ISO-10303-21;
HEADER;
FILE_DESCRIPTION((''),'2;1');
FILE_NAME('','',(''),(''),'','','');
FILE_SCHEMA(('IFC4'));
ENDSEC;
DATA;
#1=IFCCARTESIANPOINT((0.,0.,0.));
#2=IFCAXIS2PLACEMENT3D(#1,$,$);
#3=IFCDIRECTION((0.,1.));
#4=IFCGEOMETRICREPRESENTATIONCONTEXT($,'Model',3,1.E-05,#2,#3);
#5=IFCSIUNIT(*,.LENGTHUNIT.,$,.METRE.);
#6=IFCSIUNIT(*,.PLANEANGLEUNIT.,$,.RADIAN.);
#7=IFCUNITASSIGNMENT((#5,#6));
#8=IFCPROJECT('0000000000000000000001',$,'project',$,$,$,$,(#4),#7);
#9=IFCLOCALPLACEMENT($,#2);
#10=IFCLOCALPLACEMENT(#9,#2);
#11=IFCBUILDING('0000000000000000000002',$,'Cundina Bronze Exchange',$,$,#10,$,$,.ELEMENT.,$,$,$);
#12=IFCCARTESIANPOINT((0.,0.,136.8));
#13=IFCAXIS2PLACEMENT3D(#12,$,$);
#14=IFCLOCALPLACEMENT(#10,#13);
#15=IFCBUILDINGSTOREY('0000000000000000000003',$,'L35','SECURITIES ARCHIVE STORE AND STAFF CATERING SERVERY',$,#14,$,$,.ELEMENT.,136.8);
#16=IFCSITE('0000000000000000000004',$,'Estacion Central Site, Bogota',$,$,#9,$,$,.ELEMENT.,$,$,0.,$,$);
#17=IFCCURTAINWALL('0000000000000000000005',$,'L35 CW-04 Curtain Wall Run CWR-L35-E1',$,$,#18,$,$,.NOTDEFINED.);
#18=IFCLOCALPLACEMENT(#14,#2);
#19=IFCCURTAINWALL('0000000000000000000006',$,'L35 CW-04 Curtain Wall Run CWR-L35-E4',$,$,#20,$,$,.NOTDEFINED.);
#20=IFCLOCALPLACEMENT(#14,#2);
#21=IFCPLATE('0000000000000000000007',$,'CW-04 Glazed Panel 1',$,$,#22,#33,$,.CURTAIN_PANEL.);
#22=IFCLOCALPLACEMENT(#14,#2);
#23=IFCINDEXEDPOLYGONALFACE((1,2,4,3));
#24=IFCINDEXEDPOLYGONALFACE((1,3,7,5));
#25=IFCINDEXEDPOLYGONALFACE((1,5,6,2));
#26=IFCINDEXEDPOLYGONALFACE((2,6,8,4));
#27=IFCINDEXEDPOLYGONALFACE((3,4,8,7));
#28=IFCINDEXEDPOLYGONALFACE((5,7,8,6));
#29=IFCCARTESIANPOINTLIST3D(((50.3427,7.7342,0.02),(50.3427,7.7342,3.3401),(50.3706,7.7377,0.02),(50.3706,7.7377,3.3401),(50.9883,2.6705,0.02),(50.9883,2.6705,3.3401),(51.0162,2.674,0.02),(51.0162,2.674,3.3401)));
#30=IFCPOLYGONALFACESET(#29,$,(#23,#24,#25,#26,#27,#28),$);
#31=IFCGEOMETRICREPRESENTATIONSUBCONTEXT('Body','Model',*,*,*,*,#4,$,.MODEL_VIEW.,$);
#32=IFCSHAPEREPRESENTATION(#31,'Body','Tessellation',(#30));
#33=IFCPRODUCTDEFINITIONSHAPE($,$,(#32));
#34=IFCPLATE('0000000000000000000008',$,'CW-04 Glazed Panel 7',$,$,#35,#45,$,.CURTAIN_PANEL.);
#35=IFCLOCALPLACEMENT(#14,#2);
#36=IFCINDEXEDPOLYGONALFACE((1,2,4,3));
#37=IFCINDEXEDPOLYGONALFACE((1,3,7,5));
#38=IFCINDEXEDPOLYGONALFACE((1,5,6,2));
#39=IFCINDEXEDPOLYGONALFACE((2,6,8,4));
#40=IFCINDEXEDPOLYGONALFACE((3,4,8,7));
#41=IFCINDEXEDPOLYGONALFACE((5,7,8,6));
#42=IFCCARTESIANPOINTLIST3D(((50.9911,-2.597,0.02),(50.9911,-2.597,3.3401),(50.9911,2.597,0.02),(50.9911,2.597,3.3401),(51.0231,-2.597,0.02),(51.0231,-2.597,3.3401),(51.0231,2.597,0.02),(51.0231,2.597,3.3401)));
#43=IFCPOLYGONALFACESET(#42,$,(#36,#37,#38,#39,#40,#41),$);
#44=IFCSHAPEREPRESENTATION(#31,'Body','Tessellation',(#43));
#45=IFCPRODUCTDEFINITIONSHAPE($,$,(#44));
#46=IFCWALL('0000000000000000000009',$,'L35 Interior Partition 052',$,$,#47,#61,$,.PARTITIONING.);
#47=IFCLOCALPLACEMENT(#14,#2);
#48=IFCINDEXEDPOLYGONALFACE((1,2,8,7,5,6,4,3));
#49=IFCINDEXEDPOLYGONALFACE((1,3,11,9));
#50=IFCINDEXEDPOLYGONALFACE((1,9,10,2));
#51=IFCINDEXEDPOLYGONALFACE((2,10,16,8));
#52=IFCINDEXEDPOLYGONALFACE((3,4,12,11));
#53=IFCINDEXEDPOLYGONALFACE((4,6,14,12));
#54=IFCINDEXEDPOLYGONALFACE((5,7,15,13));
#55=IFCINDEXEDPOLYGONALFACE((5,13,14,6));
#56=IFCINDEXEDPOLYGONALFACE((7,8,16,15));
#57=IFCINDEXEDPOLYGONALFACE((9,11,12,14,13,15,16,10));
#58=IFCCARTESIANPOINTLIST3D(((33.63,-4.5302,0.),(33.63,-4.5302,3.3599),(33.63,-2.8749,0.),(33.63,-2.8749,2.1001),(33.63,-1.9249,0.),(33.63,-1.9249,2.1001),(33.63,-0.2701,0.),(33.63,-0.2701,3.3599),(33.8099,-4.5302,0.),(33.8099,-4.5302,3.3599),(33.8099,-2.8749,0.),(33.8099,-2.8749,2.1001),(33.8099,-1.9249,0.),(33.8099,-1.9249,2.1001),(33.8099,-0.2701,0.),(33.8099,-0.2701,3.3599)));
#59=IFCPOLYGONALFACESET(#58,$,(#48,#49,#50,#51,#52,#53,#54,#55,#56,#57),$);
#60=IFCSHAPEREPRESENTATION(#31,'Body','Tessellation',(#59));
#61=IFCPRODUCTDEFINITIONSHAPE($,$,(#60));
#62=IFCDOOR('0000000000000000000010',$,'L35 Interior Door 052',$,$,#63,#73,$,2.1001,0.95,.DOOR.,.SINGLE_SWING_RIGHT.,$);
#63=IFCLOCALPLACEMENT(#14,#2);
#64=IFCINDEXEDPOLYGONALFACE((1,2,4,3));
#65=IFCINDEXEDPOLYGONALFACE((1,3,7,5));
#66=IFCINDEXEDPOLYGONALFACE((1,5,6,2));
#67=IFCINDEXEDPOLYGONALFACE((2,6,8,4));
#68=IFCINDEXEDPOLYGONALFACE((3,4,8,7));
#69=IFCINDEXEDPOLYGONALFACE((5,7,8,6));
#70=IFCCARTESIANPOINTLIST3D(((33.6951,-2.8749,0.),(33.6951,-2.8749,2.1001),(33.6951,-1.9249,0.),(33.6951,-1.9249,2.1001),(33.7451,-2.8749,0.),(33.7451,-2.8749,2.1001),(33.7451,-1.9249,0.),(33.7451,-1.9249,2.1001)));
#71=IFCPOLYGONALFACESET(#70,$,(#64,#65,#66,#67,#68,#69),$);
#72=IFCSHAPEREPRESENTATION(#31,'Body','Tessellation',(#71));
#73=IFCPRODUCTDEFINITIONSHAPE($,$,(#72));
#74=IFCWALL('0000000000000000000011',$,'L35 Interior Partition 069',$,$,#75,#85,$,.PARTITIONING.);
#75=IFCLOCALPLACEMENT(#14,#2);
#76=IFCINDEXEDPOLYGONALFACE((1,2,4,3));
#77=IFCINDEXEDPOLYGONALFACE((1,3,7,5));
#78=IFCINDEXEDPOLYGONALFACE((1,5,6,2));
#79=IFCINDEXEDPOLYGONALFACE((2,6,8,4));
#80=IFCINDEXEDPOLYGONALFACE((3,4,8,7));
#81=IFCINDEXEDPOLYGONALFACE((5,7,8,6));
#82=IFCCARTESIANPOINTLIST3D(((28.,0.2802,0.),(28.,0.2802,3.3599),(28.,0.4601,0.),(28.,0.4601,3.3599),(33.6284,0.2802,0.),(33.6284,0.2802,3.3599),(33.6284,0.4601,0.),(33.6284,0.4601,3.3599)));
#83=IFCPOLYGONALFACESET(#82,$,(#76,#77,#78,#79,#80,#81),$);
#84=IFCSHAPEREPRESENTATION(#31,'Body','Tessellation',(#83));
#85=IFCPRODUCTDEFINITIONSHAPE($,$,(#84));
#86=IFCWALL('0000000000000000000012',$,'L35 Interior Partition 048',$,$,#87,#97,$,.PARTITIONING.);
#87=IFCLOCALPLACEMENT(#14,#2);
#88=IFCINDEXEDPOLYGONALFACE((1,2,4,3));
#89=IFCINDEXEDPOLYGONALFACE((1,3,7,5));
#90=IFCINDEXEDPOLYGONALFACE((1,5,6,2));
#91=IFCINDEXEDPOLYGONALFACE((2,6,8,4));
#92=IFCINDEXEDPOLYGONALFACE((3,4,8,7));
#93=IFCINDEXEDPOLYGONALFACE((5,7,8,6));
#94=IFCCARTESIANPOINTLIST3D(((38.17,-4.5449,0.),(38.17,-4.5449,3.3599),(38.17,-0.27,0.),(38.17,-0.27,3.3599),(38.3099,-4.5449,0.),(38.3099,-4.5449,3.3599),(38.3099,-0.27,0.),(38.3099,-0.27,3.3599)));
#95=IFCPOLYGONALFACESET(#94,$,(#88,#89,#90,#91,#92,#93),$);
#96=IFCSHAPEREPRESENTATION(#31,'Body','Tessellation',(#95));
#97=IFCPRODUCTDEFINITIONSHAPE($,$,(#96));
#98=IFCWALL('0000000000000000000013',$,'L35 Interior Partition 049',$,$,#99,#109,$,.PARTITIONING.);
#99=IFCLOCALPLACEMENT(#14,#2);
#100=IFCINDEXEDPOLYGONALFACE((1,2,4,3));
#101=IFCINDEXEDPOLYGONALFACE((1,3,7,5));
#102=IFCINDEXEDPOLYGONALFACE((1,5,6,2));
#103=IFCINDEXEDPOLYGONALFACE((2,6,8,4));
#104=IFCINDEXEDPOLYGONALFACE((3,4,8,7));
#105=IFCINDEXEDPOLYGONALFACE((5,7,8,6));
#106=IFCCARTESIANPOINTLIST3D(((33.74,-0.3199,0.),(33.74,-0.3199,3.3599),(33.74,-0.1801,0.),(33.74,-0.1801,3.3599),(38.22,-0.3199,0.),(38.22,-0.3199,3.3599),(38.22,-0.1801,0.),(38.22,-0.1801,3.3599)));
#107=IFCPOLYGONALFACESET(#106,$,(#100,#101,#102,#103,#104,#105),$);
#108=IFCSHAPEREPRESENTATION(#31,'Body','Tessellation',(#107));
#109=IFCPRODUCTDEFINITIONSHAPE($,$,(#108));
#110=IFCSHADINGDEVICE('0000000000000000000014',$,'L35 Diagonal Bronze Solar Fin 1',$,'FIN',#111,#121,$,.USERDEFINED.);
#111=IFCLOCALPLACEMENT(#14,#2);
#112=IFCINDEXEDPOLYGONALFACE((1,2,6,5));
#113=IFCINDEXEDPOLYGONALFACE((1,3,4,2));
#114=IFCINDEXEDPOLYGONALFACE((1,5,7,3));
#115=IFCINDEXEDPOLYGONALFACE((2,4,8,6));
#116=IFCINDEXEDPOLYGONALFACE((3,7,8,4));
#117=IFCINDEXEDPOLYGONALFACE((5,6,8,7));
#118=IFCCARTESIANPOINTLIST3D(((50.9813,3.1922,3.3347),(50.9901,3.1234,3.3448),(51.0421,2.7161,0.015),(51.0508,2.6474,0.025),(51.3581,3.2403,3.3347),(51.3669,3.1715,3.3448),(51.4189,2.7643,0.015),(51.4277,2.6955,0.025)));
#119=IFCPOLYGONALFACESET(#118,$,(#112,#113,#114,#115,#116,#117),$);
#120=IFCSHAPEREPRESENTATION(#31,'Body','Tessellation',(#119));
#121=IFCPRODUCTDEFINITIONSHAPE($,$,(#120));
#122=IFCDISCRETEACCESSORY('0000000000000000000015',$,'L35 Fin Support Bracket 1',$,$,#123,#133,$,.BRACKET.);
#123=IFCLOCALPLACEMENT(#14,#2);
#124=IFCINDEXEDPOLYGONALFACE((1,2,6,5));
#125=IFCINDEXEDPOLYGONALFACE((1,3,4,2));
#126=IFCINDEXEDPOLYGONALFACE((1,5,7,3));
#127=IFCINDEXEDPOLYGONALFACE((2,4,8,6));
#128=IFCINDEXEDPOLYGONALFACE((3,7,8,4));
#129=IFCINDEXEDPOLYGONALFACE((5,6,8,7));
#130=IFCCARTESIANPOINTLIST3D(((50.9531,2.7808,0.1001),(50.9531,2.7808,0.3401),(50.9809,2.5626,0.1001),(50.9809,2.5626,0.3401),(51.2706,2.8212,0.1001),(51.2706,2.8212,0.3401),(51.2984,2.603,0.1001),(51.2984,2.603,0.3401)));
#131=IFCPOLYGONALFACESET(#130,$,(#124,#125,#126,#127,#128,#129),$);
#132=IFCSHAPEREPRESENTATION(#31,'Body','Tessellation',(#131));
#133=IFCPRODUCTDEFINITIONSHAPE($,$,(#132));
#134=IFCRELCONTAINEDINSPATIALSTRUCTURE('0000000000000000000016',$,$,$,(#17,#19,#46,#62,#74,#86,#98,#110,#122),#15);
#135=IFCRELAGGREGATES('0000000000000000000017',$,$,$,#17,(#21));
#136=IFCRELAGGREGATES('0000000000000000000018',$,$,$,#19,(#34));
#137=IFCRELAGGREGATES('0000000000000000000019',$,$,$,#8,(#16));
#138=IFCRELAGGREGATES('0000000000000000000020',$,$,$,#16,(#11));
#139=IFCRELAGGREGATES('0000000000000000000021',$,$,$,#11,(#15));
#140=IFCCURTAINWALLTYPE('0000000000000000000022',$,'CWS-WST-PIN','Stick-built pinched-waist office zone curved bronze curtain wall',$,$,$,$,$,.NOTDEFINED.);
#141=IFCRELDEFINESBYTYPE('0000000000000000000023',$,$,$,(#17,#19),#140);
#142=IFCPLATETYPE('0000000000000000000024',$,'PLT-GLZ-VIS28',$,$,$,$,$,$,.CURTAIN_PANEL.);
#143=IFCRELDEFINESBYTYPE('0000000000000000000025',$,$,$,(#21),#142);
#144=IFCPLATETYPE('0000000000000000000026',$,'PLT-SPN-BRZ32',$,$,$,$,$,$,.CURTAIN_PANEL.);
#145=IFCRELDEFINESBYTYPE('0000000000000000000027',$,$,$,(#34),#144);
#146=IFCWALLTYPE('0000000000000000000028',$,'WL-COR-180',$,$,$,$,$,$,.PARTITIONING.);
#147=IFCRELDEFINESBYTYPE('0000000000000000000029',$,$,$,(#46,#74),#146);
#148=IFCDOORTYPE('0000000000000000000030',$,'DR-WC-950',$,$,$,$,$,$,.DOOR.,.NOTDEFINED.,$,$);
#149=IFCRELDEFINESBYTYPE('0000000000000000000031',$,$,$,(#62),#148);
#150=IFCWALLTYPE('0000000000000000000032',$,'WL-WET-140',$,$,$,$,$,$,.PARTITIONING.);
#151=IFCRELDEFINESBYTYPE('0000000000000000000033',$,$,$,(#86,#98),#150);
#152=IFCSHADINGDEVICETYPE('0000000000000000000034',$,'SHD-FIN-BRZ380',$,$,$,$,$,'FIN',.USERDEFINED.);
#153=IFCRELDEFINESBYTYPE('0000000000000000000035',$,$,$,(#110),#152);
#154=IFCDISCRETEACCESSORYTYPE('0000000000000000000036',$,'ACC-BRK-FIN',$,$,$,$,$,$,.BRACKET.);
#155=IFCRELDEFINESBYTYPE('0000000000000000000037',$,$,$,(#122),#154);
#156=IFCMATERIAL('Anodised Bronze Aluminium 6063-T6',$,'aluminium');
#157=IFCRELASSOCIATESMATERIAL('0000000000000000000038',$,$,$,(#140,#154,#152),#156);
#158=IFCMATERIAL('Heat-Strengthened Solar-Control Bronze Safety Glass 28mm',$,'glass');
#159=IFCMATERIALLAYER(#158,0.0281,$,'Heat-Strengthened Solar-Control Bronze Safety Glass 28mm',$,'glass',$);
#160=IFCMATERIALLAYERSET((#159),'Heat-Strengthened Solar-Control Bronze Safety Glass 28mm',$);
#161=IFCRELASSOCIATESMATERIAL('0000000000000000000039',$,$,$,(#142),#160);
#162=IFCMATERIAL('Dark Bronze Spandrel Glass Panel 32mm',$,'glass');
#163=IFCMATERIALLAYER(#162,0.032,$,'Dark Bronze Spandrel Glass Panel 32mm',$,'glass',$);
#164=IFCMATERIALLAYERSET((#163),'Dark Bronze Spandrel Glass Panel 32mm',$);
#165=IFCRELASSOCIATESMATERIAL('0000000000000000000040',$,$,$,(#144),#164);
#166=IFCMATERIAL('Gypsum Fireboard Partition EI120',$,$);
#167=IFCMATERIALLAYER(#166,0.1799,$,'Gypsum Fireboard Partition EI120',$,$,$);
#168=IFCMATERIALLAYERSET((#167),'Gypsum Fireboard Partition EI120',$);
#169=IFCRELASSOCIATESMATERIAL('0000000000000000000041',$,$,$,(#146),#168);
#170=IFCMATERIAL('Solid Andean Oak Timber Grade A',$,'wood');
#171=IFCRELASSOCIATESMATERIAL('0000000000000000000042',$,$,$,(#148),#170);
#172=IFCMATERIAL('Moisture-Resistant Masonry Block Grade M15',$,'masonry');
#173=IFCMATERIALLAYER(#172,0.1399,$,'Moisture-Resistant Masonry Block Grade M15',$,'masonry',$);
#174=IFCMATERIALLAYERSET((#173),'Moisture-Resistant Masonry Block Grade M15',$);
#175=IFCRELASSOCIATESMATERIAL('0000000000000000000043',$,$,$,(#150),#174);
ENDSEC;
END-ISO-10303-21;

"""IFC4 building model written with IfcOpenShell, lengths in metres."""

from ifc_helpers import new_model, si_unit, direction, frame, frame_2d, origin, origin_2d, place, context, subcontext, project, spatial, rectangle, extrude, material, layer, layer_set, material_profile, profile_set, type_object, element, fill, aggregate, save


model = new_model("IFC4")

# Units and contexts
model_context = context("Model", 3, precision=1e-05, world=origin(), true_north=direction((0.0, 1.0)))
body_context = subcontext(model_context, "Body", "Model", "MODEL_VIEW")
ifc_project = project(units=[si_unit("LENGTHUNIT", "METRE"), si_unit("PLANEANGLEUNIT", "RADIAN")], contexts=[model_context])

# Site, building, storey
site_placement = place(None, origin())
site = spatial("IfcSite", under=ifc_project, at=site_placement, Name="Estacion Central Site, Bogota", CompositionType="ELEMENT", RefElevation=0.0)
building_placement = place(site_placement, origin())
building = spatial("IfcBuilding", under=site, at=building_placement, Name="Cundina Bronze Exchange", CompositionType="ELEMENT")
storey_placement = place(building_placement, frame((0.0, 0.0, 136.8)))
storey = spatial("IfcBuildingStorey", under=building, at=storey_placement, Name="L35", Description="SECURITIES ARCHIVE STORE AND STAFF CATERING SERVERY", CompositionType="ELEMENT", Elevation=136.8)

# Curtain walls
ifc_material_1 = material(Name="Anodised Bronze Aluminium 6063-T6", Category="aluminium")
curtain_wall_type = type_object("IfcCurtainWallType", Name="CWS-WST-PIN", Description="Stick-built pinched-waist office zone curved bronze curtain wall", PredefinedType="NOTDEFINED", material=ifc_material_1)
curtain_wall_1_placement = place(storey_placement, origin())
curtain_wall_1 = element("IfcCurtainWall", 1, at=curtain_wall_1_placement, inside=storey, type_object=curtain_wall_type, Name="L35 CW-04 Curtain Wall Run CWR-L35-E1", PredefinedType="NOTDEFINED")
curtain_wall_2_placement = place(storey_placement, origin())
curtain_wall_2 = element("IfcCurtainWall", 2, at=curtain_wall_2_placement, inside=storey, type_object=curtain_wall_type, Name="L35 CW-04 Curtain Wall Run CWR-L35-E4", PredefinedType="NOTDEFINED")

# Plates
ifc_material_2 = material(Name="Heat-Strengthened Solar-Control Bronze Safety Glass 28mm", Category="glass")
ifc_layer_1 = layer(ifc_material_2, 0.0281, Name="Heat-Strengthened Solar-Control Bronze Safety Glass 28mm", Category="glass")
ifc_layer_set_1 = layer_set([ifc_layer_1], Name="Heat-Strengthened Solar-Control Bronze Safety Glass 28mm")
plate_type_1 = type_object("IfcPlateType", Name="PLT-GLZ-VIS28", PredefinedType="CURTAIN_PANEL", material=ifc_layer_set_1)
plate_1_placement = place(storey_placement, frame((50.6794, 5.2041, 0.02), z_axis=(0.0, 0.0, 1.0), x_axis=(-0.126476, 0.99197, 0.0)))
plate_1 = element("IfcPlate", 3, at=plate_1_placement, type_object=plate_type_1, Name="CW-04 Glazed Panel 1", PredefinedType="CURTAIN_PANEL", context=body_context, shape_type="SweptSolid", body=[
    extrude(rectangle(XDim=5.1047, YDim=0.0281, at=origin_2d()), origin(), (0.0, 0.0, 1.0), 3.3201),
])
aggregate(curtain_wall_1, [plate_1])
ifc_material_3 = material(Name="Dark Bronze Spandrel Glass Panel 32mm", Category="glass")
ifc_layer_2 = layer(ifc_material_3, 0.032, Name="Dark Bronze Spandrel Glass Panel 32mm", Category="glass")
ifc_layer_set_2 = layer_set([ifc_layer_2], Name="Dark Bronze Spandrel Glass Panel 32mm")
plate_type_2 = type_object("IfcPlateType", Name="PLT-SPN-BRZ32", PredefinedType="CURTAIN_PANEL", material=ifc_layer_set_2)
plate_2_placement = place(storey_placement, frame((51.0071, 0.0, 0.02), z_axis=(0.0, 0.0, 1.0), x_axis=(0.0, 1.0, 0.0)))
plate_2 = element("IfcPlate", 4, at=plate_2_placement, type_object=plate_type_2, Name="CW-04 Glazed Panel 7", PredefinedType="CURTAIN_PANEL", context=body_context, shape_type="SweptSolid", body=[
    extrude(rectangle(XDim=5.1941, YDim=0.032, at=origin_2d()), origin(), (0.0, 0.0, 1.0), 3.3201),
])
aggregate(curtain_wall_2, [plate_2])

# Wall, opening, door
ifc_material_4 = material(Name="Gypsum Fireboard Partition EI120")
ifc_layer_3 = layer(ifc_material_4, 0.1799, Name="Gypsum Fireboard Partition EI120")
ifc_layer_set_3 = layer_set([ifc_layer_3], Name="Gypsum Fireboard Partition EI120")
wall_type_1 = type_object("IfcWallType", Name="WL-COR-180", PredefinedType="PARTITIONING", material=ifc_layer_set_3)
wall_1_placement = place(storey_placement, frame((33.72, -4.53, 0.0), z_axis=(0.0, 0.0, 1.0), x_axis=(0.0, 1.0, 0.0)))
wall_1 = element("IfcWall", 5, at=wall_1_placement, inside=storey, type_object=wall_type_1, Name="L35 Interior Partition 052", PredefinedType="PARTITIONING", context=body_context, shape_type="SweptSolid", body=[
    extrude(rectangle(XDim=4.26, YDim=0.1799, at=frame_2d((2.1299, 0.0))), origin(), (0.0, 0.0, 1.0), 3.3599),
])
opening_placement = place(wall_1_placement, frame((1.655, 0.0, 0.0)))
opening = element("IfcOpeningElement", 6, at=opening_placement, cuts=wall_1, PredefinedType="OPENING", context=body_context, shape_type="SweptSolid", body=[
    extrude(rectangle(XDim=0.95, YDim=2.1001, at=frame_2d((0.4751, 1.05))), frame((0.0, 0.0999, 0.0), z_axis=(0.0, -1.0, 0.0), x_axis=(1.0, 0.0, 0.0)), (0.0, 0.0, 1.0), 0.2),
])
ifc_material_5 = material(Name="Solid Andean Oak Timber Grade A", Category="wood")
door_type = type_object("IfcDoorType", Name="DR-WC-950", OperationType="NOTDEFINED", PredefinedType="DOOR", material=ifc_material_5)
door_placement = place(opening_placement, origin())
door = element("IfcDoor", 7, at=door_placement, inside=storey, type_object=door_type, Name="L35 Interior Door 052", OperationType="SINGLE_SWING_RIGHT", OverallHeight=2.1001, OverallWidth=0.95, PredefinedType="DOOR", context=body_context, shape_type="SweptSolid", body=[
    extrude(rectangle(XDim=0.95, YDim=2.1001, at=frame_2d((0.4751, 1.05))), frame((0.0, 0.0249, 0.0), z_axis=(0.0, -1.0, 0.0), x_axis=(1.0, 0.0, 0.0)), (0.0, 0.0, 1.0), 0.05),
])
fill(opening, door)

# Walls
wall_2_placement = place(storey_placement, frame((33.6284, 0.3701, 0.0), z_axis=(0.0, 0.0, 1.0), x_axis=(-1.0, 0.0, 0.0)))
element("IfcWall", 8, at=wall_2_placement, inside=storey, type_object=wall_type_1, Name="L35 Interior Partition 069", PredefinedType="PARTITIONING", context=body_context, shape_type="SweptSolid", body=[
    extrude(rectangle(XDim=5.6284, YDim=0.1799, at=frame_2d((2.8142, 0.0))), origin(), (0.0, 0.0, 1.0), 3.3599),
])
ifc_material_6 = material(Name="Moisture-Resistant Masonry Block Grade M15", Category="masonry")
ifc_layer_4 = layer(ifc_material_6, 0.1399, Name="Moisture-Resistant Masonry Block Grade M15", Category="masonry")
ifc_layer_set_4 = layer_set([ifc_layer_4], Name="Moisture-Resistant Masonry Block Grade M15")
wall_type_2 = type_object("IfcWallType", Name="WL-WET-140", PredefinedType="PARTITIONING", material=ifc_layer_set_4)
wall_3_placement = place(storey_placement, frame((38.24, -4.5449, 0.0), z_axis=(0.0, 0.0, 1.0), x_axis=(0.0, 1.0, 0.0)))
element("IfcWall", 9, at=wall_3_placement, inside=storey, type_object=wall_type_2, Name="L35 Interior Partition 048", PredefinedType="PARTITIONING", context=body_context, shape_type="SweptSolid", body=[
    extrude(rectangle(XDim=4.2749, YDim=0.1399, at=frame_2d((2.1375, 0.0))), origin(), (0.0, 0.0, 1.0), 3.3599),
])
wall_4_placement = place(storey_placement, frame((33.74, -0.25, 0.0), z_axis=(0.0, 0.0, 1.0), x_axis=(1.0, 0.0, 0.0)))
element("IfcWall", 10, at=wall_4_placement, inside=storey, type_object=wall_type_2, Name="L35 Interior Partition 049", PredefinedType="PARTITIONING", context=body_context, shape_type="SweptSolid", body=[
    extrude(rectangle(XDim=4.48, YDim=0.1399, at=frame_2d((2.24, 0.0))), origin(), (0.0, 0.0, 1.0), 3.3599),
])

# Shading device
ifc_material_profile_1 = material_profile(ifc_material_1, rectangle(XDim=0.0701, YDim=0.3799, at=origin_2d()), Name="FIN70X380", Category="aluminium")
ifc_profile_set_1 = profile_set([ifc_material_profile_1], Name="Anodised Bronze Aluminium 6063-T6")
shading_device_type = type_object("IfcShadingDeviceType", Name="SHD-FIN-BRZ380", ElementType="FIN", PredefinedType="USERDEFINED", material=ifc_profile_set_1)
shading_device_placement = place(storey_placement, frame((51.2349, 2.7058, 0.02), z_axis=(-0.018123, 0.141928, 0.989711), x_axis=(0.125361, -0.98174, 0.14308)))
element("IfcShadingDevice", 11, at=shading_device_placement, inside=storey, type_object=shading_device_type, Name="L35 Diagonal Bronze Solar Fin 1", ObjectType="FIN", PredefinedType="USERDEFINED", context=body_context, shape_type="SweptSolid", body=[
    extrude(rectangle(XDim=0.0701, YDim=0.3799, at=origin_2d()), origin(), (0.0, 0.0, 1.0), 3.3542),
])

# Discrete accessory
discrete_accessory_type = type_object("IfcDiscreteAccessoryType", Name="ACC-BRK-FIN", PredefinedType="BRACKET", material=ifc_material_1)
discrete_accessory_placement = place(storey_placement, frame((51.1257, 2.6919, 0.1001), z_axis=(0.0, 0.0, 1.0), x_axis=(-0.126476, 0.99197, 0.0)))
element("IfcDiscreteAccessory", 12, at=discrete_accessory_placement, inside=storey, type_object=discrete_accessory_type, Name="L35 Fin Support Bracket 1", PredefinedType="BRACKET", context=body_context, shape_type="SweptSolid", body=[
    extrude(rectangle(XDim=0.22, YDim=0.3201, at=origin_2d()), origin(), (0.0, 0.0, 1.0), 0.24),
])

save(model, "model.ifc")
